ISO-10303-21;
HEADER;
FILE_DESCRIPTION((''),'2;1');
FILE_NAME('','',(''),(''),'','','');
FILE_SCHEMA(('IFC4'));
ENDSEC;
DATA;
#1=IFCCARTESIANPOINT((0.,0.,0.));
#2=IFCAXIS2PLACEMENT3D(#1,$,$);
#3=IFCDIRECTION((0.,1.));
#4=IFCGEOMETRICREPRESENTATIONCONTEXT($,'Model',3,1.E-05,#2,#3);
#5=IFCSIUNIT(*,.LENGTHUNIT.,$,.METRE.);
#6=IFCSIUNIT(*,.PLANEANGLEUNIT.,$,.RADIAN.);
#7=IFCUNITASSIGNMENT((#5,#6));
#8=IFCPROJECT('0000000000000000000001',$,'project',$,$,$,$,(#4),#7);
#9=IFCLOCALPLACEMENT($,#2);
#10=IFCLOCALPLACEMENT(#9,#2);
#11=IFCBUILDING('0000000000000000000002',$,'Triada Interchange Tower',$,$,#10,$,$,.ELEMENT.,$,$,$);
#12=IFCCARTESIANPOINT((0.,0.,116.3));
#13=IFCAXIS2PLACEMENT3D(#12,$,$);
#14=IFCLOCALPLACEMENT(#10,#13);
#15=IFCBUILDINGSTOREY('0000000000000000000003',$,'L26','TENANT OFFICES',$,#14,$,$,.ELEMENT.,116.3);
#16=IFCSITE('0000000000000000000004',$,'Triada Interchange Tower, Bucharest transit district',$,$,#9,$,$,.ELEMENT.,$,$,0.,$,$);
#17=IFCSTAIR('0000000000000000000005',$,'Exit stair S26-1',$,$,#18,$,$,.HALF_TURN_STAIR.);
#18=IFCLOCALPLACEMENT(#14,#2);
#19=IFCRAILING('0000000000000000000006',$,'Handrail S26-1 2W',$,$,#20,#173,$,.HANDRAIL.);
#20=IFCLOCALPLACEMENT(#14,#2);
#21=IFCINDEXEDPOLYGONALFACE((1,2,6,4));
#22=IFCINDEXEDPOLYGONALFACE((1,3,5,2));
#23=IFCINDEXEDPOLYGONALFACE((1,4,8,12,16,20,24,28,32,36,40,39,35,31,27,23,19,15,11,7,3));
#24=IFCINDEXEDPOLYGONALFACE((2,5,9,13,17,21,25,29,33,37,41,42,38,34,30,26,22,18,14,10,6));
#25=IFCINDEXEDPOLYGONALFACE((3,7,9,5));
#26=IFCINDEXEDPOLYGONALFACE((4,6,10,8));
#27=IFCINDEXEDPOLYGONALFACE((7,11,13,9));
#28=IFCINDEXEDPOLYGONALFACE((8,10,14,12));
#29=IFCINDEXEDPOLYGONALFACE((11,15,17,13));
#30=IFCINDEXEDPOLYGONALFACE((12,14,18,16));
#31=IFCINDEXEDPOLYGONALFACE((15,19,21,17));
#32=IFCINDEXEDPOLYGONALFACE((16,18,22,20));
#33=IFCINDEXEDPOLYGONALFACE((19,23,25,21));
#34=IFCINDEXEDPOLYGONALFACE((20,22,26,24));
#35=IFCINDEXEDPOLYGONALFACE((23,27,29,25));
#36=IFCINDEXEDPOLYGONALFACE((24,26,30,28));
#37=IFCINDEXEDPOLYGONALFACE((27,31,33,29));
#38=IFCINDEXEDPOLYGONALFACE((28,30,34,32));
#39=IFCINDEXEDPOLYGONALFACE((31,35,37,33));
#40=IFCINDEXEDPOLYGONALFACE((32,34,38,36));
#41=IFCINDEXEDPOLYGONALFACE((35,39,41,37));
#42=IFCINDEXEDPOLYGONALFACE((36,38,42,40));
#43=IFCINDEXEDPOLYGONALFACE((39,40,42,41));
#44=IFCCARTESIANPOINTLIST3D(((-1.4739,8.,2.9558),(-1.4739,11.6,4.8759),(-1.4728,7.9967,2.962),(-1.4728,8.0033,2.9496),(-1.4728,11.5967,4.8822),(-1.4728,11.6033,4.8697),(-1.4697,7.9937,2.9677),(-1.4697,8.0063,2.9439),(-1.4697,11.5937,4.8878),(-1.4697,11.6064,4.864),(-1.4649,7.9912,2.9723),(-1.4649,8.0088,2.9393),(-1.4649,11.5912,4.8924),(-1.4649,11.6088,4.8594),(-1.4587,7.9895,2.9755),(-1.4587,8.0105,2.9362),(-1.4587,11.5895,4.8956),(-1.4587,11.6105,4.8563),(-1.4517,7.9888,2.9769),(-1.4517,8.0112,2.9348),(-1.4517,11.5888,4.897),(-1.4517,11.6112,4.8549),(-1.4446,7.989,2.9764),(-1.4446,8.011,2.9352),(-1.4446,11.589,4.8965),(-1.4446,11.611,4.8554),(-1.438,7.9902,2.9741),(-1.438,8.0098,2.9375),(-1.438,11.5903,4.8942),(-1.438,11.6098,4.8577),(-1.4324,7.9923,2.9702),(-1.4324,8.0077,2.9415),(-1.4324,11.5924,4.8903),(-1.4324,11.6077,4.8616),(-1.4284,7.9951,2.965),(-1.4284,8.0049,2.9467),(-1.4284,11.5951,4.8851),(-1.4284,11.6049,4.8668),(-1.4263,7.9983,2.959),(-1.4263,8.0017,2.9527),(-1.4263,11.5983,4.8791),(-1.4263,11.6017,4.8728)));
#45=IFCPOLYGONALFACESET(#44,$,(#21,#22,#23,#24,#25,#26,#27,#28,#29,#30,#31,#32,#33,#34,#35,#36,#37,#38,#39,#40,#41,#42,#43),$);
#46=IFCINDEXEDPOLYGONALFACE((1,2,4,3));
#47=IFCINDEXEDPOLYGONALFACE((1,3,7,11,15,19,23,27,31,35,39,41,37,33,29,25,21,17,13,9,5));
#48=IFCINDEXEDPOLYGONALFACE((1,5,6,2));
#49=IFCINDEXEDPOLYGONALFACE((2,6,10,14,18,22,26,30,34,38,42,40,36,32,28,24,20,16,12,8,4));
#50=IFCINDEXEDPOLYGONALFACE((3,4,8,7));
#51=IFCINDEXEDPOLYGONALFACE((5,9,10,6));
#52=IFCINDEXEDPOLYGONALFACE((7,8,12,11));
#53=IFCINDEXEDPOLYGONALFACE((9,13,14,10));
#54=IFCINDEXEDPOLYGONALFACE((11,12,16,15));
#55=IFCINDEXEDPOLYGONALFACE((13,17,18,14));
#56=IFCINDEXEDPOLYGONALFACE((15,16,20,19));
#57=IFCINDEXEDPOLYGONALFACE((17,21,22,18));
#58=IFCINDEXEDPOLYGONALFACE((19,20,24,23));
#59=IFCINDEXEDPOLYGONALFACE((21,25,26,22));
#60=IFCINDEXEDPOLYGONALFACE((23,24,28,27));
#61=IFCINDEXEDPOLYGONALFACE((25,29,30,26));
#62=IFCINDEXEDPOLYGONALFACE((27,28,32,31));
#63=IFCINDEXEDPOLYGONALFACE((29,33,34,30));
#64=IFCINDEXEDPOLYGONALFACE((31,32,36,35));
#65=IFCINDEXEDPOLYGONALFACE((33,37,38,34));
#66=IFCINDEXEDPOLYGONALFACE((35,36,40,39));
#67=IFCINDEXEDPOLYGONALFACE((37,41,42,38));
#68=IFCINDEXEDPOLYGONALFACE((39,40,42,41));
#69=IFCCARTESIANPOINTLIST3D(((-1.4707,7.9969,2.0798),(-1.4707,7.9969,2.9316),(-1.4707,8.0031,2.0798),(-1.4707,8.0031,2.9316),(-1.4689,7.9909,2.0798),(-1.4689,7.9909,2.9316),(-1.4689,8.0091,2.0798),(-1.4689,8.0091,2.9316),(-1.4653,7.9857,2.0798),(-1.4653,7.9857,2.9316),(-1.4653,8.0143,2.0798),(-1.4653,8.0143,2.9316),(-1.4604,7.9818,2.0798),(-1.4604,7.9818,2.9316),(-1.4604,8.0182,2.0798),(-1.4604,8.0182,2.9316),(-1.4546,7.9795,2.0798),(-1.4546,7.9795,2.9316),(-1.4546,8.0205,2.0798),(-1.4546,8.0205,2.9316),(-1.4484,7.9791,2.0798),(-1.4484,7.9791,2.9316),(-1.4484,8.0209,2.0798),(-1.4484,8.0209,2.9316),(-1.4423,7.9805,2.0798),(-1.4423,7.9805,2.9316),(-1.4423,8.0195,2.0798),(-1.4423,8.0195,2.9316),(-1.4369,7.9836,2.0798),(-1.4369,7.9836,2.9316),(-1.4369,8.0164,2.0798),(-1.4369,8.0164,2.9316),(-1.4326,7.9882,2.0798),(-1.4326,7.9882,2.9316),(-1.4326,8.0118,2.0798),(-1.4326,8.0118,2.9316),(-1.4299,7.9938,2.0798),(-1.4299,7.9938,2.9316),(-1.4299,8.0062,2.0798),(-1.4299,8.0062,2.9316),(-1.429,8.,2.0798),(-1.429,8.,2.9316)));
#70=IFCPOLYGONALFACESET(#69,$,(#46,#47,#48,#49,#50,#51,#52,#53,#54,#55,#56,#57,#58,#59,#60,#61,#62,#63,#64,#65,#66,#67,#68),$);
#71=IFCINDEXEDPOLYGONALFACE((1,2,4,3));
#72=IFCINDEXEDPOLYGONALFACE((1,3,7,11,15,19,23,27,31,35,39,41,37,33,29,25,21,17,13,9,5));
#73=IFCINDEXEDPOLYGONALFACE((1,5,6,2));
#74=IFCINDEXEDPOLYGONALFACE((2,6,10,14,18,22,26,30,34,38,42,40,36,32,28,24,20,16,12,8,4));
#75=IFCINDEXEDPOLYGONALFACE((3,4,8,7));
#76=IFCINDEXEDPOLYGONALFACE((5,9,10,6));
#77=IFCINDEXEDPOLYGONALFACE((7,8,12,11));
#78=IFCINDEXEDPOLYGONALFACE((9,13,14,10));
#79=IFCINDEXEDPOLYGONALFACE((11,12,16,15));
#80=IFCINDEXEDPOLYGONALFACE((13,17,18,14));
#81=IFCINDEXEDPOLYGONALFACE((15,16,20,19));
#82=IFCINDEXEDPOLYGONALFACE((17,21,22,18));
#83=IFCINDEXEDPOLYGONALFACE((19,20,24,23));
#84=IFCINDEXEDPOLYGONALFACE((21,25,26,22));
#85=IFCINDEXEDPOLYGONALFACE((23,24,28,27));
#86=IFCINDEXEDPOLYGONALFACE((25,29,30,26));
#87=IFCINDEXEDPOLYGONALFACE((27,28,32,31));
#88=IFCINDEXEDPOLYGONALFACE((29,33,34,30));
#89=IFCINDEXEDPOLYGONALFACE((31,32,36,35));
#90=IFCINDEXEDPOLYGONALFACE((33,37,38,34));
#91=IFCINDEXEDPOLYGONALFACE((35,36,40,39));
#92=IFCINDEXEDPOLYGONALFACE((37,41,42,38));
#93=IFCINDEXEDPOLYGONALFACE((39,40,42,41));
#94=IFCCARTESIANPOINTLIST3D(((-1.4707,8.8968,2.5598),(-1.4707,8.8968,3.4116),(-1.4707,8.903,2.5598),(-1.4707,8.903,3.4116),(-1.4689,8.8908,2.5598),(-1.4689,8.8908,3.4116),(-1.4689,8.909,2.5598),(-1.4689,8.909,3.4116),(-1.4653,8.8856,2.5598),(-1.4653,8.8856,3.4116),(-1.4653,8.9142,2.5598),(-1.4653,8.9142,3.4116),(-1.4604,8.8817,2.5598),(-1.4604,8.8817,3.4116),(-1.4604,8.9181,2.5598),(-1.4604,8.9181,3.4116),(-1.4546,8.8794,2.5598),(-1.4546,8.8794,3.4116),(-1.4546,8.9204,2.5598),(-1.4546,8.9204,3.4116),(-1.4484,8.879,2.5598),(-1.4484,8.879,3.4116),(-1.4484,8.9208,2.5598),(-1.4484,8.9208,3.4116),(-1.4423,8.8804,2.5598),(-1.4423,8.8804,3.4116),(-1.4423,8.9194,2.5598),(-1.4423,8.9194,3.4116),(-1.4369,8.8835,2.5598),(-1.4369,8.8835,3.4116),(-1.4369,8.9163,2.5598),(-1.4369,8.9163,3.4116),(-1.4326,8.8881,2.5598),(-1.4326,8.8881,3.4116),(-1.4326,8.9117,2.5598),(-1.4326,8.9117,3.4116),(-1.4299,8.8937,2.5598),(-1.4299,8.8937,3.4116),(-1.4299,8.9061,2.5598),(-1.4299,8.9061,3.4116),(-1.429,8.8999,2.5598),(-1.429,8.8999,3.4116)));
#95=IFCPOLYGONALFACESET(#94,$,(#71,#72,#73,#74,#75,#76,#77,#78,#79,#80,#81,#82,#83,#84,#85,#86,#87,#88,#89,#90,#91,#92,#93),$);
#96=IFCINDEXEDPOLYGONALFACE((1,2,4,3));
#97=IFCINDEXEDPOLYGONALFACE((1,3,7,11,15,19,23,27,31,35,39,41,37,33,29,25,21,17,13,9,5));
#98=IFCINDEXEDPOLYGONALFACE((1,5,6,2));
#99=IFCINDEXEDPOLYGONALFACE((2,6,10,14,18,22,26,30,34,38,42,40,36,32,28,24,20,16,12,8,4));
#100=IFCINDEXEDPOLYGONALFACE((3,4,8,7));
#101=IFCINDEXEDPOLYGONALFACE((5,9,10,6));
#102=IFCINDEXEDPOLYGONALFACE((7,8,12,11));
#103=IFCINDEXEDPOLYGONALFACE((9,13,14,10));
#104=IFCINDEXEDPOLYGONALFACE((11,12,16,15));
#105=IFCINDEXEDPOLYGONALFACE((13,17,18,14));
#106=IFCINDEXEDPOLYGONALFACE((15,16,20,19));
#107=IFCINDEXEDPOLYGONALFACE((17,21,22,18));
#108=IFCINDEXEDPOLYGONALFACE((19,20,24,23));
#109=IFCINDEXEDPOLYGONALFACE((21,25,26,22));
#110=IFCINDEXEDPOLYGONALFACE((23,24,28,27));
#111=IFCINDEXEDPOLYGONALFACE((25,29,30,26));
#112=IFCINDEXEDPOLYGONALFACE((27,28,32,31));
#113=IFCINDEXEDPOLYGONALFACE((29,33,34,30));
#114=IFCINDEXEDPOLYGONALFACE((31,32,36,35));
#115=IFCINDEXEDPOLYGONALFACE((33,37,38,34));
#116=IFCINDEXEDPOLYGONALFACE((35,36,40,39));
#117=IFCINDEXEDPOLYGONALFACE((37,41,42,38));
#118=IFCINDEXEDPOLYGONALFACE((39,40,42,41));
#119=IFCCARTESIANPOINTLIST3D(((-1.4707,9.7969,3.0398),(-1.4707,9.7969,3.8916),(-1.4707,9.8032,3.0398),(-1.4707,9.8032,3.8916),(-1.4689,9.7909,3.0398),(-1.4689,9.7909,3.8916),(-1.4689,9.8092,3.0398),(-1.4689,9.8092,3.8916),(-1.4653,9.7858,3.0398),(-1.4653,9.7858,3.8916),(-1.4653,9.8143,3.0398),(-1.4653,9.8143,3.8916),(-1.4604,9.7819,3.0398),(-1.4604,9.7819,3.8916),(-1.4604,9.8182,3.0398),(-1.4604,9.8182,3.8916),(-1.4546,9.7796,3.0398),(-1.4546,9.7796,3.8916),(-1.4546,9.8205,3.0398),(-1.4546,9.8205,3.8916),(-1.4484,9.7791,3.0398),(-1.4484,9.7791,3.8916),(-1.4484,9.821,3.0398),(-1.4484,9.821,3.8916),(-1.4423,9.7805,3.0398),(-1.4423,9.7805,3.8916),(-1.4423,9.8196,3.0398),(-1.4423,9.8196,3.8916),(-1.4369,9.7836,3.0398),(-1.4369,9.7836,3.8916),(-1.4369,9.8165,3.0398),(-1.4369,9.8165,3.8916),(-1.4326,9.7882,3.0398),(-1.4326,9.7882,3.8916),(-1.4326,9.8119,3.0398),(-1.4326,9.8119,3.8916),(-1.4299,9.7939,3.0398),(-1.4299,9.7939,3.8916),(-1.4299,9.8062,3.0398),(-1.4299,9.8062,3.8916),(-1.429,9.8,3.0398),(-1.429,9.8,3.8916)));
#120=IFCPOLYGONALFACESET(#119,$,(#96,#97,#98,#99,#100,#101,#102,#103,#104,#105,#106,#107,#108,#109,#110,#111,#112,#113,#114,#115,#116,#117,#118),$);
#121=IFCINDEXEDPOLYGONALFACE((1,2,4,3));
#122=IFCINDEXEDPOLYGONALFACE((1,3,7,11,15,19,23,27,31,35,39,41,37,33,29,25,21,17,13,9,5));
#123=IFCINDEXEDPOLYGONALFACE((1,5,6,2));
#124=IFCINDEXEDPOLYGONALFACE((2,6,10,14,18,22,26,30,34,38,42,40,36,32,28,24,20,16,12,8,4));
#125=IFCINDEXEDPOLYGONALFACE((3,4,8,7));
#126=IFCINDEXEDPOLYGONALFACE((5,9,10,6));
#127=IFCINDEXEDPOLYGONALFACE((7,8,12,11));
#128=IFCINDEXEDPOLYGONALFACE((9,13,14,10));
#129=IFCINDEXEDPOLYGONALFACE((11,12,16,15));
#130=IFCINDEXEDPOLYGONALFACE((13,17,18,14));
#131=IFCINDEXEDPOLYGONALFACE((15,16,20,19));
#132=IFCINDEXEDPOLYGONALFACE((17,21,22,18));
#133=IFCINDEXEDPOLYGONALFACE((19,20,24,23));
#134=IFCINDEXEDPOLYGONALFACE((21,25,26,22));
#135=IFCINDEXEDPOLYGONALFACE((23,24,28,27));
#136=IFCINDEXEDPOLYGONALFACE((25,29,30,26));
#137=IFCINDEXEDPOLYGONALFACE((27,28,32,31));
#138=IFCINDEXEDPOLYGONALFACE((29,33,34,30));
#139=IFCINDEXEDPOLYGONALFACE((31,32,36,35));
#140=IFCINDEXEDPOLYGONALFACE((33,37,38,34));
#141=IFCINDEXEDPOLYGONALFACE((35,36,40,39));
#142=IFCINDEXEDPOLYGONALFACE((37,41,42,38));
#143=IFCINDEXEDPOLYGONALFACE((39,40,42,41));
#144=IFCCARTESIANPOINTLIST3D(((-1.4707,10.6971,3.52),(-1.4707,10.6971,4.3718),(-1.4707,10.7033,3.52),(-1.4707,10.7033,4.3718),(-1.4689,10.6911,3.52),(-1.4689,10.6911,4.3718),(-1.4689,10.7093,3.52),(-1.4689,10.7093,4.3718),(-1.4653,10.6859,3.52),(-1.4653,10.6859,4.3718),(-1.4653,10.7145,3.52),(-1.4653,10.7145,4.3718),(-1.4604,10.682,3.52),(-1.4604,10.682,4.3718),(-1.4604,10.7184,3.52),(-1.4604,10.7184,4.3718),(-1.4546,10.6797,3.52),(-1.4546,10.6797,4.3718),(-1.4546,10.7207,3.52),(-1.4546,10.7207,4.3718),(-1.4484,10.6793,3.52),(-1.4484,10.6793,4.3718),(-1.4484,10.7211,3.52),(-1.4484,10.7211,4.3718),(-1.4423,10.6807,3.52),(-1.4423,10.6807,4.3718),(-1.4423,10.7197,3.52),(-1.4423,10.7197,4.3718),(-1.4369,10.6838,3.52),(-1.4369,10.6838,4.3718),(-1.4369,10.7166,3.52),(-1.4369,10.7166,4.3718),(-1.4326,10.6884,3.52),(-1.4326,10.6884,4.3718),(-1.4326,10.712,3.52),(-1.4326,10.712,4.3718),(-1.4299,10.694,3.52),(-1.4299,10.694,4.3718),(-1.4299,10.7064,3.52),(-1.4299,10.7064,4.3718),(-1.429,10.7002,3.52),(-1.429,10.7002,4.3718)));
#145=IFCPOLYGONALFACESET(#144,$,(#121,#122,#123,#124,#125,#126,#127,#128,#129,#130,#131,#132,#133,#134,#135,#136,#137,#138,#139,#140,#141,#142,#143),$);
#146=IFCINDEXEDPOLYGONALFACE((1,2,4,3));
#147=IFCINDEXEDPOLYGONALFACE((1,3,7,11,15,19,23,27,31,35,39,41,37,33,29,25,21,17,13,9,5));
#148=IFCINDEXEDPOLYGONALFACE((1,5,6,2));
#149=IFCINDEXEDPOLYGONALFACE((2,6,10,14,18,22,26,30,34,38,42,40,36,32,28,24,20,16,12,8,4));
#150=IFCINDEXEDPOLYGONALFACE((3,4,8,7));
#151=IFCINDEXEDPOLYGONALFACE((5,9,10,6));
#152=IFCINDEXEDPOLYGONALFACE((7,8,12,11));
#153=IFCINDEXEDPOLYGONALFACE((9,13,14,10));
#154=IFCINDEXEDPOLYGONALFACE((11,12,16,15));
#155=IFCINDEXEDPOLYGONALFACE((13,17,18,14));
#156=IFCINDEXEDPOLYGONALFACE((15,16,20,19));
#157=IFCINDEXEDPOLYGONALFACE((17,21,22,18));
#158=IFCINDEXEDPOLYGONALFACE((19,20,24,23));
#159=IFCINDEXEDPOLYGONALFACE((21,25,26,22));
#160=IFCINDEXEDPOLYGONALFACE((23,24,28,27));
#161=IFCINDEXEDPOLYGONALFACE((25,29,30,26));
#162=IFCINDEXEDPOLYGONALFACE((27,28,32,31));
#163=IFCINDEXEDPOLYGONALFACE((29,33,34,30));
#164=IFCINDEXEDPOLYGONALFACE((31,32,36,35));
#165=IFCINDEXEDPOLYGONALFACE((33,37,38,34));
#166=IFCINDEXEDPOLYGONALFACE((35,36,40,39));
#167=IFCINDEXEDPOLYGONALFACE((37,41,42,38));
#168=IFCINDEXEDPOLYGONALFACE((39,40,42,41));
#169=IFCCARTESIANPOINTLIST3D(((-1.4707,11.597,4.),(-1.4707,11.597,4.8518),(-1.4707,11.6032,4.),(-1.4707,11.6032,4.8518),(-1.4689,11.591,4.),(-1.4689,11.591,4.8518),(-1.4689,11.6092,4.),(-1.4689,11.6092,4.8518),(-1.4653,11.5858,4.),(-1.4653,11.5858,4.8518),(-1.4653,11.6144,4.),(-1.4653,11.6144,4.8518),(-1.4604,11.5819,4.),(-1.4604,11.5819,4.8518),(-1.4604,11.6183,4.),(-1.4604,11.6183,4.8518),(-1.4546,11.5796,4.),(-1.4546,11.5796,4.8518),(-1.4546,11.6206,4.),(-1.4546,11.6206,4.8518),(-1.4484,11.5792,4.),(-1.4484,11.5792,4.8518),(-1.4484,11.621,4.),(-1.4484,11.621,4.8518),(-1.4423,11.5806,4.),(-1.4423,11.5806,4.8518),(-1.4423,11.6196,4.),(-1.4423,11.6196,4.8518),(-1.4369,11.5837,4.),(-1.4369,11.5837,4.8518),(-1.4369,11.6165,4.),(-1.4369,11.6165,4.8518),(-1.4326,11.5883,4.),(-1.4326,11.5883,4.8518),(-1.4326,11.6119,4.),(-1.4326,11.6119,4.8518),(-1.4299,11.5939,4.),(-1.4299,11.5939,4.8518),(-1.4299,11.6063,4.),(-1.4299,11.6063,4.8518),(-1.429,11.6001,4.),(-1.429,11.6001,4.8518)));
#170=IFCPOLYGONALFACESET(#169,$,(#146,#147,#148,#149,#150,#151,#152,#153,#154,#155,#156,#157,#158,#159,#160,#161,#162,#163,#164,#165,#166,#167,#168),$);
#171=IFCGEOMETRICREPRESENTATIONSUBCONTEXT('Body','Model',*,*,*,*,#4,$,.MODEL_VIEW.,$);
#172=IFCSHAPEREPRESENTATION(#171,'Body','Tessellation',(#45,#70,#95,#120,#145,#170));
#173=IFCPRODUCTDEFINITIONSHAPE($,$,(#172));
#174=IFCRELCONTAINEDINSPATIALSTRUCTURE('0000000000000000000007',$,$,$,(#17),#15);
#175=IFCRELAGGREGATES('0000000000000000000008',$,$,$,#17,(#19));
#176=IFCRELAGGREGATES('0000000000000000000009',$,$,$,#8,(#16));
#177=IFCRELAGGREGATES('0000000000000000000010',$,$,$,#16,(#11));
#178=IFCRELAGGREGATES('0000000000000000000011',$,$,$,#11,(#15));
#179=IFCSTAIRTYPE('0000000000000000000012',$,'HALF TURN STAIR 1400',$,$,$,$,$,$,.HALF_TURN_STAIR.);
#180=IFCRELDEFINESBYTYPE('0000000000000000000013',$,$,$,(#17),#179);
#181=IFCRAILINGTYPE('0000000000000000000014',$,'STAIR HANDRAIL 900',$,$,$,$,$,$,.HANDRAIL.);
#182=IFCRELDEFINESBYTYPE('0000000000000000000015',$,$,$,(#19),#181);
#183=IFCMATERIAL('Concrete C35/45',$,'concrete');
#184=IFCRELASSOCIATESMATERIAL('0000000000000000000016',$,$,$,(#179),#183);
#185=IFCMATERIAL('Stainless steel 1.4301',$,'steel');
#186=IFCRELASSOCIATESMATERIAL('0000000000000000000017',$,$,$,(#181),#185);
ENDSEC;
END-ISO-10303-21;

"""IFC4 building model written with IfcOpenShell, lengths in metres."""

from ifc_helpers import new_model, si_unit, direction, frame, origin, origin_2d, place, context, subcontext, project, spatial, circle, extrude, material, type_object, element, aggregate, save


model = new_model("IFC4")

# Units and contexts
model_context = context("Model", 3, precision=1e-05, world=origin(), true_north=direction((0.0, 1.0)))
body_context = subcontext(model_context, "Body", "Model", "MODEL_VIEW")
ifc_project = project(units=[si_unit("LENGTHUNIT", "METRE"), si_unit("PLANEANGLEUNIT", "RADIAN")], contexts=[model_context])

# Site, building, storey
site_placement = place(None, origin())
site = spatial("IfcSite", under=ifc_project, at=site_placement, Name="Triada Interchange Tower, Bucharest transit district", CompositionType="ELEMENT", RefElevation=0.0)
building_placement = place(site_placement, origin())
building = spatial("IfcBuilding", under=site, at=building_placement, Name="Triada Interchange Tower", CompositionType="ELEMENT")
storey_placement = place(building_placement, frame((0.0, 0.0, 116.3)))
storey = spatial("IfcBuildingStorey", under=building, at=storey_placement, Name="L26", Description="TENANT OFFICES", CompositionType="ELEMENT", Elevation=116.3)

# Stair, railing
ifc_material_1 = material(Name="Concrete C35/45", Category="concrete")
stair_type = type_object("IfcStairType", Name="HALF TURN STAIR 1400", PredefinedType="HALF_TURN_STAIR", material=ifc_material_1)
stair_placement = place(storey_placement, origin())
stair = element("IfcStair", 1, at=stair_placement, inside=storey, type_object=stair_type, Name="Exit stair S26-1", PredefinedType="HALF_TURN_STAIR")
ifc_material_2 = material(Name="Stainless steel 1.4301", Category="steel")
railing_type = type_object("IfcRailingType", Name="STAIR HANDRAIL 900", PredefinedType="HANDRAIL", material=ifc_material_2)
railing_1_placement = place(storey_placement, frame((-1.45, 8.0, 2.0798)))
railing_1 = element("IfcRailing", 2, at=railing_1_placement, type_object=railing_type, Name="Handrail S26-1 2W", PredefinedType="HANDRAIL", context=body_context, shape_type="SweptSolid", body=[
    extrude(circle(Radius=0.0239, at=origin_2d()), frame((0.0, 0.0, 0.876), z_axis=(0.0, 0.882341, 0.47061), x_axis=(-1.0, 0.0, 0.0)), (0.0, 0.0, 1.0), 4.0801),
    extrude(circle(Radius=0.021, at=origin_2d()), origin(), (0.0, 0.0, 1.0), 0.8518),
    extrude(circle(Radius=0.021, at=origin_2d()), frame((0.0, 0.8999, 0.48)), (0.0, 0.0, 1.0), 0.8518),
    extrude(circle(Radius=0.021, at=origin_2d()), frame((0.0, 1.8, 0.96)), (0.0, 0.0, 1.0), 0.8518),
    extrude(circle(Radius=0.021, at=origin_2d()), frame((0.0, 2.7002, 1.4402)), (0.0, 0.0, 1.0), 0.8518),
    extrude(circle(Radius=0.021, at=origin_2d()), frame((0.0, 3.6001, 1.9202)), (0.0, 0.0, 1.0), 0.8518),
])
aggregate(stair, [railing_1])

save(model, "model.ifc")
